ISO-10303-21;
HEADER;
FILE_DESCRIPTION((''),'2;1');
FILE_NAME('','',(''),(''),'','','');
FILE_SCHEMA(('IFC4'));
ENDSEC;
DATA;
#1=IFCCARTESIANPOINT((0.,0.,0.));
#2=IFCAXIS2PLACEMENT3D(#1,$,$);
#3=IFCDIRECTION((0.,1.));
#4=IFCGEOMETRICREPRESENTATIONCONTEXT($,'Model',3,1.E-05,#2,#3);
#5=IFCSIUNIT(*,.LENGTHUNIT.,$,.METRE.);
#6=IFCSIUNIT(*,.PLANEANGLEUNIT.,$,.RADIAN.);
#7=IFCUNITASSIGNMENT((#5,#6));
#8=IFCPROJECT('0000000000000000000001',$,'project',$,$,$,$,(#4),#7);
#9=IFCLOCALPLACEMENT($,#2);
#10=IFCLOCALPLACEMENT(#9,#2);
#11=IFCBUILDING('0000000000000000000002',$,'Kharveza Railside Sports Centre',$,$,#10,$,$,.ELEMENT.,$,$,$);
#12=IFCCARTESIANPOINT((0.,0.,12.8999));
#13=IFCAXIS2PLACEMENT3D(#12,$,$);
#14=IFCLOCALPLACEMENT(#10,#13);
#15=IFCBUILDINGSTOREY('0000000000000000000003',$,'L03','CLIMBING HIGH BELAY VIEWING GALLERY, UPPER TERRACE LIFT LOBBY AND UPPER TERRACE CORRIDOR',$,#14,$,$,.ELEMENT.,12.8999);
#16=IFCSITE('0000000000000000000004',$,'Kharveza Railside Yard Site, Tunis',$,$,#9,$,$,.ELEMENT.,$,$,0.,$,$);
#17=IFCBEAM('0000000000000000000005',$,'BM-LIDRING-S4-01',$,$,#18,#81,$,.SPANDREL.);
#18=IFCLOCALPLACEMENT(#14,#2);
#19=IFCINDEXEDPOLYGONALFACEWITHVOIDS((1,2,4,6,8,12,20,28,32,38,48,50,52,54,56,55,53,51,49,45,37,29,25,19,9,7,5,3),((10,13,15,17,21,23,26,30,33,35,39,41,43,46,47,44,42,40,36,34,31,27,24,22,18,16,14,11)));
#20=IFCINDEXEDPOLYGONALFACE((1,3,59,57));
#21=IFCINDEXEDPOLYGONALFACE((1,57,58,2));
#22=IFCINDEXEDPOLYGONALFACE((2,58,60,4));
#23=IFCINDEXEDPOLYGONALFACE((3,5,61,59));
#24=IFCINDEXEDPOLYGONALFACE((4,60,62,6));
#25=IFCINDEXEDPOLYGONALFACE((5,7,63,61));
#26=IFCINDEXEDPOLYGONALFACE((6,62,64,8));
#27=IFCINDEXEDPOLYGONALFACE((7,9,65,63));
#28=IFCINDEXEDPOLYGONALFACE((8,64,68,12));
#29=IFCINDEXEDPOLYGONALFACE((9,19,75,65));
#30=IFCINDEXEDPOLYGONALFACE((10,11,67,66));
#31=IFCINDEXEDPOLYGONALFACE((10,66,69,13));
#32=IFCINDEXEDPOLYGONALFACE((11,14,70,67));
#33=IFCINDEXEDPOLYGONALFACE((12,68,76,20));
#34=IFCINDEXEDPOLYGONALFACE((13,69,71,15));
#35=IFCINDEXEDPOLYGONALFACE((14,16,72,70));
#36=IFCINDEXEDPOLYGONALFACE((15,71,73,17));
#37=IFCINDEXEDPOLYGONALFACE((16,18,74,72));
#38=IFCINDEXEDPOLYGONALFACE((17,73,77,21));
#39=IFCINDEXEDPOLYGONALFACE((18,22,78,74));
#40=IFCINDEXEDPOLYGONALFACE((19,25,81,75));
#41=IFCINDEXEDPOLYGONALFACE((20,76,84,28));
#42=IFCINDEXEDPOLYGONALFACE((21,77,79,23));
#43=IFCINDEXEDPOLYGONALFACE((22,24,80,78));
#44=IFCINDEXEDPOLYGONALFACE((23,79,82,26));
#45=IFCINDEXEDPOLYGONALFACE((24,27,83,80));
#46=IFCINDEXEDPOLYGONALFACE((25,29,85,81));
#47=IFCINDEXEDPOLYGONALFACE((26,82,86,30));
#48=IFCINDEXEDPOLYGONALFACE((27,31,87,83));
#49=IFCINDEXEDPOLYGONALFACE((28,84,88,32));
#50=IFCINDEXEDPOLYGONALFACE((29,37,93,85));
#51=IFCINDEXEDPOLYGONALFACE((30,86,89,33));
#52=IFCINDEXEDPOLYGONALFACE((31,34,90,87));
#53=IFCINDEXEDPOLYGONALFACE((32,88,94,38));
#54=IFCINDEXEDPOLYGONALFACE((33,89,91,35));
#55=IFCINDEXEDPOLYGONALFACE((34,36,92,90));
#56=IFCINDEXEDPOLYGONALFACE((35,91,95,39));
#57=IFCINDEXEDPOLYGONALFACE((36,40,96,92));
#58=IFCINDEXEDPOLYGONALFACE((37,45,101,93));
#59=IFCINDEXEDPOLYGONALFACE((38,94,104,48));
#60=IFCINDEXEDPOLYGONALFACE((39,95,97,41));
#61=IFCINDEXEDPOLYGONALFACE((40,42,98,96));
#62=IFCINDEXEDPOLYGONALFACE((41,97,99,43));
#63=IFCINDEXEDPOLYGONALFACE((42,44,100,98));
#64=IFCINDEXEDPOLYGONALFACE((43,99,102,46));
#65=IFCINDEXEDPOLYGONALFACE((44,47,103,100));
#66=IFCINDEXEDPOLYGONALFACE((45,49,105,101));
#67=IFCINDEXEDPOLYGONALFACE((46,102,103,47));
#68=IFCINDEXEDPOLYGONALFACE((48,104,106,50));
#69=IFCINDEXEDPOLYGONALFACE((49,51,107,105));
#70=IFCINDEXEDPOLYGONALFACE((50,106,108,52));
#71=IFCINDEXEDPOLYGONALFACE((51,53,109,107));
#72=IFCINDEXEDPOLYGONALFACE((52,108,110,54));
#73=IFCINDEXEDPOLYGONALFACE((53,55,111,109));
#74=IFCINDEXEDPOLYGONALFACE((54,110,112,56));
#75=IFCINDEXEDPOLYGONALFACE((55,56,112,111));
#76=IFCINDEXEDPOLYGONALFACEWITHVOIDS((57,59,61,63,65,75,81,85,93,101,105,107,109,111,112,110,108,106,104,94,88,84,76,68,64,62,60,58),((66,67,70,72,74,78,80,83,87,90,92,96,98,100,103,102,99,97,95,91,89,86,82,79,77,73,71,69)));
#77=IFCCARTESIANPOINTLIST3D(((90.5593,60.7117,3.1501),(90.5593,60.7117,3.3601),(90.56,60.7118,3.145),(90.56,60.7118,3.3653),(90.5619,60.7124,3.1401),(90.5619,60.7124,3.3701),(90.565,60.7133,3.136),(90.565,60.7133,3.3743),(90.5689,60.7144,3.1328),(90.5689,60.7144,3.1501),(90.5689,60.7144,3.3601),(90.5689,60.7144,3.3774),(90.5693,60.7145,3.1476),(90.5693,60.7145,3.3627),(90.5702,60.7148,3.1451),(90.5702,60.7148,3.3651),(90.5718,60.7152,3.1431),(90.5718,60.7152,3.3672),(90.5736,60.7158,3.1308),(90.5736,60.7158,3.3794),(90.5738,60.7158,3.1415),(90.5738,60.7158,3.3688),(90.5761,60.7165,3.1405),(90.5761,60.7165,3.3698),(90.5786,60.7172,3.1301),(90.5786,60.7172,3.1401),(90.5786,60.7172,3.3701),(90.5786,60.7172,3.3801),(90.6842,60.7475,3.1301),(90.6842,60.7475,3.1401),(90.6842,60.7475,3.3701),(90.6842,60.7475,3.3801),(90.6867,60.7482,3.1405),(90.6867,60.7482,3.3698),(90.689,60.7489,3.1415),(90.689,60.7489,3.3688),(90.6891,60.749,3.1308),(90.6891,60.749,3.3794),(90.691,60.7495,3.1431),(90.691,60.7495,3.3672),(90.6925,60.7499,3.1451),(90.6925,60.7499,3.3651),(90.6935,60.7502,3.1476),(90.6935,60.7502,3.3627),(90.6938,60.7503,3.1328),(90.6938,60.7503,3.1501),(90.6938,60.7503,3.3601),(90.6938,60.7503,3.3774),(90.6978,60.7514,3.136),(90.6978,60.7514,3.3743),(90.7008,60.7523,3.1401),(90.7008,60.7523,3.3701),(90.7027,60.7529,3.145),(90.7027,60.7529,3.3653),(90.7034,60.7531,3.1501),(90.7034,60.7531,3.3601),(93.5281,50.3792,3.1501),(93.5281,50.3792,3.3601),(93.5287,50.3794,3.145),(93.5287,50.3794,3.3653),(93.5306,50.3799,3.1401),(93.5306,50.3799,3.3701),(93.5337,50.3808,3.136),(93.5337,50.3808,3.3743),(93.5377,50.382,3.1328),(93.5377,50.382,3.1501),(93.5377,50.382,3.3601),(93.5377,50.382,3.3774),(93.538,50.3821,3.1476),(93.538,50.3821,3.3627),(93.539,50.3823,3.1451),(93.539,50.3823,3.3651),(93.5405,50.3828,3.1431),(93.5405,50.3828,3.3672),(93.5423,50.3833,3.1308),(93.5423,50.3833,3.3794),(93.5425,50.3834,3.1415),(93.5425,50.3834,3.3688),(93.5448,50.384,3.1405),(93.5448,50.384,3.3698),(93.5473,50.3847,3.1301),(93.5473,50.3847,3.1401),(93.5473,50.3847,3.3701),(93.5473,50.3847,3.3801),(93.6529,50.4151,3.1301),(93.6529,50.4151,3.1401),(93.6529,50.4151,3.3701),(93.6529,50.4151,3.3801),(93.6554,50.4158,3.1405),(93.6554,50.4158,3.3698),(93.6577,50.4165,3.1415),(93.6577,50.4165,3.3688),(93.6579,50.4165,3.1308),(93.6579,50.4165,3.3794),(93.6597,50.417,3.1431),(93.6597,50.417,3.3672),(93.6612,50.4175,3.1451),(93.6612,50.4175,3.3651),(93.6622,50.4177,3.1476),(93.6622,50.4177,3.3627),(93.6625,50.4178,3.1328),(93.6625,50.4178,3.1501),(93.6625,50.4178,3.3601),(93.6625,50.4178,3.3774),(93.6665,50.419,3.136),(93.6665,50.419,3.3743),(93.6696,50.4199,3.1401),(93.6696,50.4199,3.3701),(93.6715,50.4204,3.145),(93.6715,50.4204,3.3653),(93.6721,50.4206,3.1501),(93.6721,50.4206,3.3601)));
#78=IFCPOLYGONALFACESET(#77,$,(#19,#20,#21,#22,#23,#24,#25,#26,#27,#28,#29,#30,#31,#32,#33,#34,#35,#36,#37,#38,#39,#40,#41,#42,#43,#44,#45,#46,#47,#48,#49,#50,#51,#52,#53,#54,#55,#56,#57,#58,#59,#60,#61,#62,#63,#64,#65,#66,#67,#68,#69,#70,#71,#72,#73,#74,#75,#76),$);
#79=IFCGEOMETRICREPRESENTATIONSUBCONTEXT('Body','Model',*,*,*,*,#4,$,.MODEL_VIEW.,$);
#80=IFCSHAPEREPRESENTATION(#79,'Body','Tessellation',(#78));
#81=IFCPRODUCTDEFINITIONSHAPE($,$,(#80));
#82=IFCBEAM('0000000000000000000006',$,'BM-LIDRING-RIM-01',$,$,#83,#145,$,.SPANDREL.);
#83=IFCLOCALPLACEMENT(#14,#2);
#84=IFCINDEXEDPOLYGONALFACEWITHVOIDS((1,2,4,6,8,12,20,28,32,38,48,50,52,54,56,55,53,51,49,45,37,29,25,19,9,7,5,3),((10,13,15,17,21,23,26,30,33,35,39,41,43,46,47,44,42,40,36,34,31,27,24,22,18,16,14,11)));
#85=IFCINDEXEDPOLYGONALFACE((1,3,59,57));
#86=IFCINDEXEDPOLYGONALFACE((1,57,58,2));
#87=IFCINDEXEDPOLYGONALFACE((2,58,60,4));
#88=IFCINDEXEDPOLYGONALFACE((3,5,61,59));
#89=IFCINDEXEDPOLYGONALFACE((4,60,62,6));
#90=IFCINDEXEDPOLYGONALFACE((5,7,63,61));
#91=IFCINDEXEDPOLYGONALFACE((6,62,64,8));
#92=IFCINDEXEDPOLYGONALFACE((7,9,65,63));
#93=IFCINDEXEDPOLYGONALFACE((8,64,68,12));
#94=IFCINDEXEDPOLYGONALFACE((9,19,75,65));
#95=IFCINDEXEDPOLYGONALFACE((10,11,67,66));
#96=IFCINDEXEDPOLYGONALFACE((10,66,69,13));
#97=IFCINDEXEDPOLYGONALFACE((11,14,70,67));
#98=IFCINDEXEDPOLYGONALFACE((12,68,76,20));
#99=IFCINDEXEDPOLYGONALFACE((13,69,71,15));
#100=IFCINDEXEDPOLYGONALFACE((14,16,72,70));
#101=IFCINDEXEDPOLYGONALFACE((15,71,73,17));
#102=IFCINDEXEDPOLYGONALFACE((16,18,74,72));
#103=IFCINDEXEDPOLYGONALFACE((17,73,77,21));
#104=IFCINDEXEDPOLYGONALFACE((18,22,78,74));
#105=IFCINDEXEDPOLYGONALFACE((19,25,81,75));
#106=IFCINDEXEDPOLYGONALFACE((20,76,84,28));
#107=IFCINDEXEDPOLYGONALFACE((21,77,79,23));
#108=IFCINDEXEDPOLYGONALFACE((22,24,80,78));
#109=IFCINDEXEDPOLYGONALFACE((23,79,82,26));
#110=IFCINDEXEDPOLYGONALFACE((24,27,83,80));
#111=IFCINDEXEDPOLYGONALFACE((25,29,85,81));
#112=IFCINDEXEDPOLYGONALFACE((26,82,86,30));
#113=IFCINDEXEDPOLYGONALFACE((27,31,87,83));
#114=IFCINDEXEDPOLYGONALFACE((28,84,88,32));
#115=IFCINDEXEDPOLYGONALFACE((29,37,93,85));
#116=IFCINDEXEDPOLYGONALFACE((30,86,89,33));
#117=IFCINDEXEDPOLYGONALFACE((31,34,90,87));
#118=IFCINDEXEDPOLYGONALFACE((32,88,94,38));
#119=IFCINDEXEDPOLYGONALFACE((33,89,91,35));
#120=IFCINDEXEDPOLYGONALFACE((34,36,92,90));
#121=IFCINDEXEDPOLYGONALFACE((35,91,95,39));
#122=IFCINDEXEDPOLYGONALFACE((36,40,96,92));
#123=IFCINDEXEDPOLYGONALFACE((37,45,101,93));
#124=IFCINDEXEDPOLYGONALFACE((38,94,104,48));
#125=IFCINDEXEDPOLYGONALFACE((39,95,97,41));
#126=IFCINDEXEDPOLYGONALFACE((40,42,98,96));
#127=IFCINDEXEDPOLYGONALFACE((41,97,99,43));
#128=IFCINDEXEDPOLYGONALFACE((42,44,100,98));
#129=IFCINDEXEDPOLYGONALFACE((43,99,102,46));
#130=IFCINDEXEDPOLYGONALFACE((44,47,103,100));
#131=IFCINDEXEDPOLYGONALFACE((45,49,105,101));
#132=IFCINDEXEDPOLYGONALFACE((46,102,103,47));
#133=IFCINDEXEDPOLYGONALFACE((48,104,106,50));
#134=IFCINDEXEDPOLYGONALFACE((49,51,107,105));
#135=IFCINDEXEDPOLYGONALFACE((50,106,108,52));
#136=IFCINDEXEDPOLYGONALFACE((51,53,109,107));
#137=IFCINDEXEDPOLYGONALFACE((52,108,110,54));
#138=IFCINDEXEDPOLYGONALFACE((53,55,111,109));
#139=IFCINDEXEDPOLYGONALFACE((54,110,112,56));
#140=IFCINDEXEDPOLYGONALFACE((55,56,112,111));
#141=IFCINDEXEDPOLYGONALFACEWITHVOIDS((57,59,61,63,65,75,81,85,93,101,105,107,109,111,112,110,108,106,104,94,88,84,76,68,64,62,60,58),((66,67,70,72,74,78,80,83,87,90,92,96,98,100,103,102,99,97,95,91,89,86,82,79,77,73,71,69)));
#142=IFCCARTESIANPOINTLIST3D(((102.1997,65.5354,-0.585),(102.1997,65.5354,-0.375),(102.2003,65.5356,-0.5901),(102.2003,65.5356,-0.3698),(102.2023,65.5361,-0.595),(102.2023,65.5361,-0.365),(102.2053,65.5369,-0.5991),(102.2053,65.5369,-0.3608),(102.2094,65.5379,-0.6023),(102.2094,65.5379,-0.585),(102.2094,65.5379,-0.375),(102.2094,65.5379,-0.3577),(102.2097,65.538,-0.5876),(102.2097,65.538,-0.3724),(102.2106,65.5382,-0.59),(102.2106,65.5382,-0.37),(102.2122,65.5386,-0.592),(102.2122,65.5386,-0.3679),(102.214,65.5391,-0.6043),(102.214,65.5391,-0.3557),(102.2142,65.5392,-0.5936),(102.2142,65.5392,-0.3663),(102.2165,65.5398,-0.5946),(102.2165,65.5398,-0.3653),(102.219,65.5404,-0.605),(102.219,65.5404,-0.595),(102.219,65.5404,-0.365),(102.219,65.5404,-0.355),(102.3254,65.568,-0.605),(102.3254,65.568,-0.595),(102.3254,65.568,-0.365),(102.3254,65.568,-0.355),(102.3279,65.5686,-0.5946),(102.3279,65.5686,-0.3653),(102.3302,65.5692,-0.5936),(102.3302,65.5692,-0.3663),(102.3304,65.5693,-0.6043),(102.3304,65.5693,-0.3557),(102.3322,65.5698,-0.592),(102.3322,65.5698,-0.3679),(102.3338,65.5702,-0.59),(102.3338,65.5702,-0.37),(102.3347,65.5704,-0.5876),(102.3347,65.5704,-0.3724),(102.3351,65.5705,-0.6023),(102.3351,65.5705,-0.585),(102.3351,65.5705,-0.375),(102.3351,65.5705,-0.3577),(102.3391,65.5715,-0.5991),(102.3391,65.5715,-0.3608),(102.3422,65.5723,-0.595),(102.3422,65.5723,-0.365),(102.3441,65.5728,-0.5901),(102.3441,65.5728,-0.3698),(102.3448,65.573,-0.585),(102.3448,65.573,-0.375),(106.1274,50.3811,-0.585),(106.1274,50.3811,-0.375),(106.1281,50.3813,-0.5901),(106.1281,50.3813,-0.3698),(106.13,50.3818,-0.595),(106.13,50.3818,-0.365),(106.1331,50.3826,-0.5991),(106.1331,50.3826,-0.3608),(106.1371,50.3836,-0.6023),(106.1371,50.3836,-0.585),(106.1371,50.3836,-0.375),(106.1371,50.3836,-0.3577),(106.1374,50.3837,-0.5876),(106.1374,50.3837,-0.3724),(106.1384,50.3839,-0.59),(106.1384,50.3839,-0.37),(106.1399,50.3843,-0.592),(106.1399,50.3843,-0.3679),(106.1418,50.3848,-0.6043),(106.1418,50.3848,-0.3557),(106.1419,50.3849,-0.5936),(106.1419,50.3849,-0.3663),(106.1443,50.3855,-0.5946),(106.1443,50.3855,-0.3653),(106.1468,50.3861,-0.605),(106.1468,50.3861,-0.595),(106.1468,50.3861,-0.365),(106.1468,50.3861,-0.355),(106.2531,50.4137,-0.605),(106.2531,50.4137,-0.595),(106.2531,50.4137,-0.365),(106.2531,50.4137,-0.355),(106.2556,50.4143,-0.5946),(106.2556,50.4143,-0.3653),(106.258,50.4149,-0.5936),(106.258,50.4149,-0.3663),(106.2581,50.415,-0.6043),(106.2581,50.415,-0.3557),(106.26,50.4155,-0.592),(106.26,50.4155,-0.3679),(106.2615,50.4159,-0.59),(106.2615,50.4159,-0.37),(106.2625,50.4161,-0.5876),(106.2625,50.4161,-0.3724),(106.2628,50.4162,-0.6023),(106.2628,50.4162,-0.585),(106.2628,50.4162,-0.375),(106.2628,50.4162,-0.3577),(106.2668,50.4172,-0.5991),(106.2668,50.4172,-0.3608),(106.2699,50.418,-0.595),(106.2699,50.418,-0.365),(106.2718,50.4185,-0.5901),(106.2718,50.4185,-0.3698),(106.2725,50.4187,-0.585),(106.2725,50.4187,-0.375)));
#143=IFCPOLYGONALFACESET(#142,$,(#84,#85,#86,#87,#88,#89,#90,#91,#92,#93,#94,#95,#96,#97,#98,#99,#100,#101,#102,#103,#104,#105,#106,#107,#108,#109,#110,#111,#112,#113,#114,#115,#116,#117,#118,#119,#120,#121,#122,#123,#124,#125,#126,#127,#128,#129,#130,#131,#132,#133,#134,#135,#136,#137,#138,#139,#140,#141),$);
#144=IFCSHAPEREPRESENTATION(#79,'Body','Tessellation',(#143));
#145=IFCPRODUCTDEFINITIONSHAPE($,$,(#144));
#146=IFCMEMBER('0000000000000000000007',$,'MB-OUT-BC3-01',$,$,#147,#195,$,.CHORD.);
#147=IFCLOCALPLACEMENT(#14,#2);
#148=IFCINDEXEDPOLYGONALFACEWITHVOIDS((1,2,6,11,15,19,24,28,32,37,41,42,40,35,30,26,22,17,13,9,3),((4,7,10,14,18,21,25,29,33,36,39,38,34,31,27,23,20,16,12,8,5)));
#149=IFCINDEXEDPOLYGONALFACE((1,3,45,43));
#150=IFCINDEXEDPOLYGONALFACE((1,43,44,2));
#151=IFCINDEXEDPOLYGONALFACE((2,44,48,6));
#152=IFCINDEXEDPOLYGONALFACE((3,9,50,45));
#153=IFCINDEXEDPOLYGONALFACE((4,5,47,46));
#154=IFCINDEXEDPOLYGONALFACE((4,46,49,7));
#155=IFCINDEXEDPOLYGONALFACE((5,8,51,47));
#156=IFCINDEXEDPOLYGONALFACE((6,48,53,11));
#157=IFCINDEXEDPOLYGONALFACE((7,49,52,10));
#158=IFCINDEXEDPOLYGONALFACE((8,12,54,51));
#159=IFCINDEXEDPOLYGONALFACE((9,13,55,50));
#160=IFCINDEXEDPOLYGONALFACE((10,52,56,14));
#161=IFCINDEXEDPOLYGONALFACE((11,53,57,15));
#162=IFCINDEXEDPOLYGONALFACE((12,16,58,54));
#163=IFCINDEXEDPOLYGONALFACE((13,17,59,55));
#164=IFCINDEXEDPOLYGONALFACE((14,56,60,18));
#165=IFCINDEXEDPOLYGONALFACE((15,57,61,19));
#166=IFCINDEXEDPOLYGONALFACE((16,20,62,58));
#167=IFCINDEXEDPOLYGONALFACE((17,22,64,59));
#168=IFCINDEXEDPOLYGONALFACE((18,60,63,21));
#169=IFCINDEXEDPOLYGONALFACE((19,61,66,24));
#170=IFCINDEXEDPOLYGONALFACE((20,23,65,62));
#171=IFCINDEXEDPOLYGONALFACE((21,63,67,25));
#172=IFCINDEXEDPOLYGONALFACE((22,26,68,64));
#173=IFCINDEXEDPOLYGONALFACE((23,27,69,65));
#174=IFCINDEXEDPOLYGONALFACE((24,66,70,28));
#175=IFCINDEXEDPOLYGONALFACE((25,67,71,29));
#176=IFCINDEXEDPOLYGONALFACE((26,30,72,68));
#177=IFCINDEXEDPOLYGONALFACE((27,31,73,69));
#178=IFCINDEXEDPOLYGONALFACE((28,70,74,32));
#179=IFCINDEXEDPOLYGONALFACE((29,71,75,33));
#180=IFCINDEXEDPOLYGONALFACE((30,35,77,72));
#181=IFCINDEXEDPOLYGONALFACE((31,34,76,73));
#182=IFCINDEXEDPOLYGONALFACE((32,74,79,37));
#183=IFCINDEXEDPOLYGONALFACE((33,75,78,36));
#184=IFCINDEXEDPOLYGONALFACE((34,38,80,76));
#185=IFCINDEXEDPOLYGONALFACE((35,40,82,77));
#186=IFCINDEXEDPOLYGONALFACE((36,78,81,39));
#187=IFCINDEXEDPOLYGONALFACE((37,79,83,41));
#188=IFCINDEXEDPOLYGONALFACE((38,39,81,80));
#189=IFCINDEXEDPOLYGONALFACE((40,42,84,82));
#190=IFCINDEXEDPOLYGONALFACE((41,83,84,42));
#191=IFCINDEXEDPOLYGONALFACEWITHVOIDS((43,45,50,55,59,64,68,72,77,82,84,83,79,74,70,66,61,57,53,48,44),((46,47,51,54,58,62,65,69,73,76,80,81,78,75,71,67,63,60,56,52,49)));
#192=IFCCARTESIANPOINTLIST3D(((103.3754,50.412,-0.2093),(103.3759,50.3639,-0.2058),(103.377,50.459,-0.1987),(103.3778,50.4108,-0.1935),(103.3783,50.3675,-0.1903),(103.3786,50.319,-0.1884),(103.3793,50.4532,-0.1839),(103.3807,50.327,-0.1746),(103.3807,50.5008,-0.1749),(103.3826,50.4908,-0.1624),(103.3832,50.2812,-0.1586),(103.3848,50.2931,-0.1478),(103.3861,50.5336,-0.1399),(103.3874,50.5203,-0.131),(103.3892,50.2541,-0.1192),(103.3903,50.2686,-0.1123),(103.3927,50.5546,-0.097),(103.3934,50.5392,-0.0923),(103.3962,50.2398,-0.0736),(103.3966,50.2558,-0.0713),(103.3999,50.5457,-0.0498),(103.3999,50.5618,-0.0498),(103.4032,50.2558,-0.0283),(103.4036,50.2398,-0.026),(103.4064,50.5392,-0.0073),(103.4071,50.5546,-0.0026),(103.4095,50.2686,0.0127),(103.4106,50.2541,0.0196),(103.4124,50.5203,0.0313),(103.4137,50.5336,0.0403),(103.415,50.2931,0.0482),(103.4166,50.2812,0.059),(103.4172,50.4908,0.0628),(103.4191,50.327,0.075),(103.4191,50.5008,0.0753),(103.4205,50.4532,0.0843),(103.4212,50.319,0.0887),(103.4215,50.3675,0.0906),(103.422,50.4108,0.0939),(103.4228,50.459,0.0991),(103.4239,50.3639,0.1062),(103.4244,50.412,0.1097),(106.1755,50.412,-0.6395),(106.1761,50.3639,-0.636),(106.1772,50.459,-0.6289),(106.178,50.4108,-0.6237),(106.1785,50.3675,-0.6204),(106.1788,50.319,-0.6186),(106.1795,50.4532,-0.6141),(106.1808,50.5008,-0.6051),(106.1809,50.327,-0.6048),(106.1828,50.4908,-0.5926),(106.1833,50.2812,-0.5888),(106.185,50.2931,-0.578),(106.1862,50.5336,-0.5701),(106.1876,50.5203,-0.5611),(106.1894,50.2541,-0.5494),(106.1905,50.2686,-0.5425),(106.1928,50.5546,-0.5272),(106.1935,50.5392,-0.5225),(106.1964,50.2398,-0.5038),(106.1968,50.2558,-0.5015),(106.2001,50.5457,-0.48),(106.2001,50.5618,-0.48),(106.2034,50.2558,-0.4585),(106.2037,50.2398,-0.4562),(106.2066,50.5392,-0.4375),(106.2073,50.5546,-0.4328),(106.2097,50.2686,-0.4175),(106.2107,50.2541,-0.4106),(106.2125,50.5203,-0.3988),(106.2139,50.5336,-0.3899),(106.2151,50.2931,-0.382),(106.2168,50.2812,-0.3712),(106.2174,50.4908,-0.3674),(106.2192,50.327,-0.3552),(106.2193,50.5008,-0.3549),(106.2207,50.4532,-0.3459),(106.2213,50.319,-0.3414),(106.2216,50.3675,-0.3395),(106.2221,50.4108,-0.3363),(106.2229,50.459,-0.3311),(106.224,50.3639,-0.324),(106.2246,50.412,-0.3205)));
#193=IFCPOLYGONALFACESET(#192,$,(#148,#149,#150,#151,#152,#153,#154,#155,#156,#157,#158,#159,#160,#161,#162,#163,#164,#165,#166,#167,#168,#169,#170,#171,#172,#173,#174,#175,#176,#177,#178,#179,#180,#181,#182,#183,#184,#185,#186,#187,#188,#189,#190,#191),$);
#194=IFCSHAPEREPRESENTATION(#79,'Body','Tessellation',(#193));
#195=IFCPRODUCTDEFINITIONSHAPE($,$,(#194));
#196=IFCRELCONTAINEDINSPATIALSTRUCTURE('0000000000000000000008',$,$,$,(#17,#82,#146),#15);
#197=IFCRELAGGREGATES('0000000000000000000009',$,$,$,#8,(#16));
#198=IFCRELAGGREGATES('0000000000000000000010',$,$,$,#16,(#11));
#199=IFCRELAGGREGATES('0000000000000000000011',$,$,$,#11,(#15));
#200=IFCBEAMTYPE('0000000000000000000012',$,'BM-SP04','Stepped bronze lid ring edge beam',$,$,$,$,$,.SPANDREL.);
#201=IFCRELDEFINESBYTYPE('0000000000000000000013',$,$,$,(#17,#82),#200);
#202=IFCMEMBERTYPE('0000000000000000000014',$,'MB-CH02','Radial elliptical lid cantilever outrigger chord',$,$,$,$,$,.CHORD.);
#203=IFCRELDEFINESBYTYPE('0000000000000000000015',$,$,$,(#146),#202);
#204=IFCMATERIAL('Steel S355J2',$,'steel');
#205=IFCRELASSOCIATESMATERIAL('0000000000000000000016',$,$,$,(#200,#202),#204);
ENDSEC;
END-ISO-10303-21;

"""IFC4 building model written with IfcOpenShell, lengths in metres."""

from ifc_helpers import new_model, si_unit, direction, frame, origin, origin_2d, place, context, subcontext, project, spatial, hollow_rectangle, hollow_circle, extrude, material, material_profile, profile_set, type_object, element, save


model = new_model("IFC4")

# Units and contexts
model_context = context("Model", 3, precision=1e-05, world=origin(), true_north=direction((0.0, 1.0)))
body_context = subcontext(model_context, "Body", "Model", "MODEL_VIEW")
ifc_project = project(units=[si_unit("LENGTHUNIT", "METRE"), si_unit("PLANEANGLEUNIT", "RADIAN")], contexts=[model_context])

# Site, building, storey
site_placement = place(None, origin())
site = spatial("IfcSite", under=ifc_project, at=site_placement, Name="Kharveza Railside Yard Site, Tunis", CompositionType="ELEMENT", RefElevation=0.0)
building_placement = place(site_placement, origin())
building = spatial("IfcBuilding", under=site, at=building_placement, Name="Kharveza Railside Sports Centre", CompositionType="ELEMENT")
storey_placement = place(building_placement, frame((0.0, 0.0, 12.8999)))
storey = spatial("IfcBuildingStorey", under=building, at=storey_placement, Name="L03", Description="CLIMBING HIGH BELAY VIEWING GALLERY, UPPER TERRACE LIFT LOBBY AND UPPER TERRACE CORRIDOR", CompositionType="ELEMENT", Elevation=12.8999)

# Beams
ifc_material_1 = material(Name="Steel S355J2", Category="steel")
ifc_material_profile_1 = material_profile(ifc_material_1, hollow_rectangle(XDim=0.1499, YDim=0.25, WallThickness=0.01, InnerFilletRadius=0.01, OuterFilletRadius=0.02, at=origin_2d()), Name="RHS 150x250x10.0")
ifc_profile_set_1 = profile_set([ifc_material_profile_1], Name="Steel S355J2")
beam_type = type_object("IfcBeamType", Name="BM-SP04", Description="Stepped bronze lid ring edge beam", PredefinedType="SPANDREL", material=ifc_profile_set_1)
beam_1_placement = place(storey_placement, frame((93.6001, 50.3999, 3.2551), z_axis=(-0.276149, 0.961115, 0.0), x_axis=(-0.961115, -0.276149, 0.0)))
element("IfcBeam", 1, at=beam_1_placement, inside=storey, type_object=beam_type, Name="BM-LIDRING-S4-01", PredefinedType="SPANDREL", context=body_context, shape_type="SweptSolid", body=[
    extrude(hollow_rectangle(XDim=0.1499, YDim=0.25, WallThickness=0.01, InnerFilletRadius=0.01, OuterFilletRadius=0.02, at=origin_2d()), origin(), (0.0, 0.0, 1.0), 10.7505),
])
beam_2_placement = place(storey_placement, frame((106.2, 50.3999, -0.48), z_axis=(-0.250893, 0.968015, 0.0), x_axis=(-0.968015, -0.250893, 0.0)))
element("IfcBeam", 2, at=beam_2_placement, inside=storey, type_object=beam_type, Name="BM-LIDRING-RIM-01", PredefinedType="SPANDREL", context=body_context, shape_type="SweptSolid", body=[
    extrude(hollow_rectangle(XDim=0.1499, YDim=0.25, WallThickness=0.01, InnerFilletRadius=0.01, OuterFilletRadius=0.02, at=origin_2d()), origin(), (0.0, 0.0, 1.0), 15.655),
])

# Member
ifc_material_profile_2 = material_profile(ifc_material_1, hollow_circle(Radius=0.1619, WallThickness=0.0161, at=origin_2d()), Name="CHS 323.9x16.0")
ifc_profile_set_2 = profile_set([ifc_material_profile_2], Name="Steel S355J2")
member_type_1 = type_object("IfcMemberType", Name="MB-CH02", Description="Radial elliptical lid cantilever outrigger chord", PredefinedType="CHORD", material=ifc_profile_set_2)
member_1_placement = place(storey_placement, frame((103.3999, 50.3999, -0.0498), z_axis=(0.988404, 0.0, -0.15185), x_axis=(0.0, 1.0, 0.0)))
element("IfcMember", 3, at=member_1_placement, inside=storey, type_object=member_type_1, Name="MB-OUT-BC3-01", PredefinedType="CHORD", context=body_context, shape_type="SweptSolid", body=[
    extrude(hollow_circle(Radius=0.1619, WallThickness=0.0161, at=origin_2d()), origin(), (0.0, 0.0, 1.0), 2.833),
])

save(model, "model.ifc")
